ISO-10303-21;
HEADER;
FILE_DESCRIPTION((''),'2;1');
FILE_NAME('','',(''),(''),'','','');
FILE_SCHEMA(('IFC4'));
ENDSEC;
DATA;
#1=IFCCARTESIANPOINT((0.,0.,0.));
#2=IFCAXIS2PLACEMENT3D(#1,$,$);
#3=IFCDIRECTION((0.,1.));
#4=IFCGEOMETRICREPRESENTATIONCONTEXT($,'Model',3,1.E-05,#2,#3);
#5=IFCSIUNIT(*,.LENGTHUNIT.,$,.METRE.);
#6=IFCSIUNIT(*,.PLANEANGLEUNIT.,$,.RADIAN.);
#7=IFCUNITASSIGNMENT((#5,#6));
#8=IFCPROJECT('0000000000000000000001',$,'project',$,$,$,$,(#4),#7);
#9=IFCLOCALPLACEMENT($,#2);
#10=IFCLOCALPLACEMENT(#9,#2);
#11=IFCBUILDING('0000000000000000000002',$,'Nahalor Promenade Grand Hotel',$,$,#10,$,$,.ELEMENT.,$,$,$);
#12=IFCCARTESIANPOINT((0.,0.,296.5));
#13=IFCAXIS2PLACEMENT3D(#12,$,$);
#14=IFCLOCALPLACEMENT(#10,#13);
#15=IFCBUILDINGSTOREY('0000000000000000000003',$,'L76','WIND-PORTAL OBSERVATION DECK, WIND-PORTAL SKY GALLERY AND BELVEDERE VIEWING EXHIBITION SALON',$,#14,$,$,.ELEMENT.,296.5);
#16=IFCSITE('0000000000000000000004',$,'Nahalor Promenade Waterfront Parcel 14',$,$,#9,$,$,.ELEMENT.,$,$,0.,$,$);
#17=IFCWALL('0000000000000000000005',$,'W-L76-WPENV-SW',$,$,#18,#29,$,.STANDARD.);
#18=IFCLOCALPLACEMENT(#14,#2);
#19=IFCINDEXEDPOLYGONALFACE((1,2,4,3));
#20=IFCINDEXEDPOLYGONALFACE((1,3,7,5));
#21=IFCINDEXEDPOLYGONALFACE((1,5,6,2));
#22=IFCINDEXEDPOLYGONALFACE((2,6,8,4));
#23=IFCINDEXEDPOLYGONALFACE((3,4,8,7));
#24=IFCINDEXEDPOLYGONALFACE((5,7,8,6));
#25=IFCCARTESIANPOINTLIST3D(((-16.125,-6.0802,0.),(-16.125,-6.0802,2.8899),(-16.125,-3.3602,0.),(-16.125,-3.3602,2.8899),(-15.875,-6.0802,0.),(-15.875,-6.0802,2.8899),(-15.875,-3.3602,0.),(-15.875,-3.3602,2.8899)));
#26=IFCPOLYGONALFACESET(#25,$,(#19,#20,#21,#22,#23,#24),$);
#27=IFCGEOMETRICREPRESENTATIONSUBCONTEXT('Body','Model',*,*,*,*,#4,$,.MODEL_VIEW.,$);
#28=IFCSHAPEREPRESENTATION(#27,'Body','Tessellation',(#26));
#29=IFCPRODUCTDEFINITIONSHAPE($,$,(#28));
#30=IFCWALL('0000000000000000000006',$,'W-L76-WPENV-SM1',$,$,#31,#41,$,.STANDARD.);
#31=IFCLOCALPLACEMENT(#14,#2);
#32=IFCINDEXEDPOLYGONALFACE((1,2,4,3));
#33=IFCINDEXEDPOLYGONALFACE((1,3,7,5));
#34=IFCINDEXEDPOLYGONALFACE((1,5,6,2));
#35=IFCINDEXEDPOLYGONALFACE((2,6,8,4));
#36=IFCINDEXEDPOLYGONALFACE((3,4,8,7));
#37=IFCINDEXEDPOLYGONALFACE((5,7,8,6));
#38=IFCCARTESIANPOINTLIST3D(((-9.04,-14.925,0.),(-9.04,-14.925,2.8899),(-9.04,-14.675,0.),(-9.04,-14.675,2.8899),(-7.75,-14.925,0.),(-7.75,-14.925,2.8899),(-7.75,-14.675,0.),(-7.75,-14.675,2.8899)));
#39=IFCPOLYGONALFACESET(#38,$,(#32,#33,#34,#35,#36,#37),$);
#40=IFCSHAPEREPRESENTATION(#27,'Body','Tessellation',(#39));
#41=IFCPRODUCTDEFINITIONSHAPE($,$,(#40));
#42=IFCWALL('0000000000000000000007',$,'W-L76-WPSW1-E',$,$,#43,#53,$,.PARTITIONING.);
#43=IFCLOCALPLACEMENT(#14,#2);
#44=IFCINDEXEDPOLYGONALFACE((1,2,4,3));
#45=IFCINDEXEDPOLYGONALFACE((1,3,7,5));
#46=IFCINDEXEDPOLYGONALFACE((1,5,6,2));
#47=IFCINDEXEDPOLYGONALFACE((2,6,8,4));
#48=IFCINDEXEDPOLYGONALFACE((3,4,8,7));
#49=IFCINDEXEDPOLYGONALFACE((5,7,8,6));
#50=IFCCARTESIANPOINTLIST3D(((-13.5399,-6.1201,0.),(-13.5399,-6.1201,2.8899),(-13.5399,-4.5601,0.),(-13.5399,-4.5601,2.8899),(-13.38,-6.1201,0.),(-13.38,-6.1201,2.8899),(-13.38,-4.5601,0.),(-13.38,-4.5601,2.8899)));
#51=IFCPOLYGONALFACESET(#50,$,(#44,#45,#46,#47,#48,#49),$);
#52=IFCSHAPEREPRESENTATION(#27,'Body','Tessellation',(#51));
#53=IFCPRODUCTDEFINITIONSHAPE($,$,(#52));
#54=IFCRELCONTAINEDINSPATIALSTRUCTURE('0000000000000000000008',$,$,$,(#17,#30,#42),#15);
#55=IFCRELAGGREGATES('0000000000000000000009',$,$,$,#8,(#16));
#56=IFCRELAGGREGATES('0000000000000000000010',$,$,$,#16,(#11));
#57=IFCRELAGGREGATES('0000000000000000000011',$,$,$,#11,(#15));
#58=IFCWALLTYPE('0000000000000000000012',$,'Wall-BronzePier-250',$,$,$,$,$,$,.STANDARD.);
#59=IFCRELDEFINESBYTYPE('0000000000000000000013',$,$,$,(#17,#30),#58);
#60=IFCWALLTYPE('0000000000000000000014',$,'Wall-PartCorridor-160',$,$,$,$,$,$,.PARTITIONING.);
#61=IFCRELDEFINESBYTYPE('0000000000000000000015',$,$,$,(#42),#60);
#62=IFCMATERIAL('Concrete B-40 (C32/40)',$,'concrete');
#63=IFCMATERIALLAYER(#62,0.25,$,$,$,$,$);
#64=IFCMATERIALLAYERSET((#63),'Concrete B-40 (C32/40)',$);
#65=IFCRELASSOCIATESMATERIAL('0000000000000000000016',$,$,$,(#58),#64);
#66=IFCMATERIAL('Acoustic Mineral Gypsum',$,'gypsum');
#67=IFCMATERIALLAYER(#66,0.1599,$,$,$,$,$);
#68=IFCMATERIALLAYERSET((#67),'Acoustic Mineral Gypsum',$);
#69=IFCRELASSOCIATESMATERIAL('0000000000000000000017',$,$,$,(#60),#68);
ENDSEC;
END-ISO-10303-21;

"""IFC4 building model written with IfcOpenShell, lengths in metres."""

from ifc_helpers import new_model, si_unit, direction, frame, frame_2d, origin, place, context, subcontext, project, spatial, rectangle, extrude, source, transform, mapped, material, layer, layer_set, type_object, element, save


model = new_model("IFC4")

# Units and contexts
model_context = context("Model", 3, precision=1e-05, world=origin(), true_north=direction((0.0, 1.0)))
body_context = subcontext(model_context, "Body", "Model", "MODEL_VIEW")
ifc_project = project(units=[si_unit("LENGTHUNIT", "METRE"), si_unit("PLANEANGLEUNIT", "RADIAN")], contexts=[model_context])

# Site, building, storey
site_placement = place(None, origin())
site = spatial("IfcSite", under=ifc_project, at=site_placement, Name="Nahalor Promenade Waterfront Parcel 14", CompositionType="ELEMENT", RefElevation=0.0)
building_placement = place(site_placement, origin())
building = spatial("IfcBuilding", under=site, at=building_placement, Name="Nahalor Promenade Grand Hotel", CompositionType="ELEMENT")
storey_placement = place(building_placement, frame((0.0, 0.0, 296.5)))
storey = spatial("IfcBuildingStorey", under=building, at=storey_placement, Name="L76", Description="WIND-PORTAL OBSERVATION DECK, WIND-PORTAL SKY GALLERY AND BELVEDERE VIEWING EXHIBITION SALON", CompositionType="ELEMENT", Elevation=296.5)

# Shared definitions
ifc_material_1 = material(Name="Concrete B-40 (C32/40)", Category="concrete")
ifc_layer_1 = layer(ifc_material_1, 0.25)
ifc_layer_set_1 = layer_set([ifc_layer_1], Name="Concrete B-40 (C32/40)")
wall_type_1 = type_object("IfcWallType", Name="Wall-BronzePier-250", PredefinedType="STANDARD", material=ifc_layer_set_1)

# Walls
shared_shape_1 = source(origin(), body_context, "Body", "SweptSolid", [
    extrude(rectangle(XDim=2.72, YDim=0.25, at=frame_2d((1.3599, 0.0))), origin(), (0.0, 0.0, 1.0), 2.8899),
])
wall_1_placement = place(storey_placement, frame((-16.0, -6.0801, 0.0), z_axis=(0.0, 0.0, 1.0), x_axis=(0.0, 1.0, 0.0)))
element("IfcWall", 1, at=wall_1_placement, inside=storey, type_object=wall_type_1, Name="W-L76-WPENV-SW", PredefinedType="STANDARD", context=body_context, shape_type="MappedRepresentation", body=[
    mapped(shared_shape_1, transform((0.0, 0.0, 0.0), scale=1.0)),
])
shared_shape_2 = source(origin(), body_context, "Body", "SweptSolid", [
    extrude(rectangle(XDim=1.29, YDim=0.25, at=frame_2d((0.645, 0.0))), origin(), (0.0, 0.0, 1.0), 2.8899),
])
wall_2_placement = place(storey_placement, frame((-9.04, -14.8, 0.0), z_axis=(0.0, 0.0, 1.0), x_axis=(1.0, 0.0, 0.0)))
element("IfcWall", 2, at=wall_2_placement, inside=storey, type_object=wall_type_1, Name="W-L76-WPENV-SM1", PredefinedType="STANDARD", context=body_context, shape_type="MappedRepresentation", body=[
    mapped(shared_shape_2, transform((0.0, 0.0, 0.0), scale=1.0)),
])
ifc_material_2 = material(Name="Acoustic Mineral Gypsum", Category="gypsum")
ifc_layer_2 = layer(ifc_material_2, 0.1599)
ifc_layer_set_2 = layer_set([ifc_layer_2], Name="Acoustic Mineral Gypsum")
wall_type_2 = type_object("IfcWallType", Name="Wall-PartCorridor-160", PredefinedType="PARTITIONING", material=ifc_layer_set_2)
shared_shape_3 = source(origin(), body_context, "Body", "SweptSolid", [
    extrude(rectangle(XDim=1.5601, YDim=0.1599, at=frame_2d((0.78, 0.0))), origin(), (0.0, 0.0, 1.0), 2.8899),
])
wall_3_placement = place(storey_placement, frame((-13.46, -6.1201, 0.0), z_axis=(0.0, 0.0, 1.0), x_axis=(0.0, 1.0, 0.0)))
element("IfcWall", 3, at=wall_3_placement, inside=storey, type_object=wall_type_2, Name="W-L76-WPSW1-E", PredefinedType="PARTITIONING", context=body_context, shape_type="MappedRepresentation", body=[
    mapped(shared_shape_3, transform((0.0, 0.0, 0.0), scale=1.0)),
])

save(model, "model.ifc")
